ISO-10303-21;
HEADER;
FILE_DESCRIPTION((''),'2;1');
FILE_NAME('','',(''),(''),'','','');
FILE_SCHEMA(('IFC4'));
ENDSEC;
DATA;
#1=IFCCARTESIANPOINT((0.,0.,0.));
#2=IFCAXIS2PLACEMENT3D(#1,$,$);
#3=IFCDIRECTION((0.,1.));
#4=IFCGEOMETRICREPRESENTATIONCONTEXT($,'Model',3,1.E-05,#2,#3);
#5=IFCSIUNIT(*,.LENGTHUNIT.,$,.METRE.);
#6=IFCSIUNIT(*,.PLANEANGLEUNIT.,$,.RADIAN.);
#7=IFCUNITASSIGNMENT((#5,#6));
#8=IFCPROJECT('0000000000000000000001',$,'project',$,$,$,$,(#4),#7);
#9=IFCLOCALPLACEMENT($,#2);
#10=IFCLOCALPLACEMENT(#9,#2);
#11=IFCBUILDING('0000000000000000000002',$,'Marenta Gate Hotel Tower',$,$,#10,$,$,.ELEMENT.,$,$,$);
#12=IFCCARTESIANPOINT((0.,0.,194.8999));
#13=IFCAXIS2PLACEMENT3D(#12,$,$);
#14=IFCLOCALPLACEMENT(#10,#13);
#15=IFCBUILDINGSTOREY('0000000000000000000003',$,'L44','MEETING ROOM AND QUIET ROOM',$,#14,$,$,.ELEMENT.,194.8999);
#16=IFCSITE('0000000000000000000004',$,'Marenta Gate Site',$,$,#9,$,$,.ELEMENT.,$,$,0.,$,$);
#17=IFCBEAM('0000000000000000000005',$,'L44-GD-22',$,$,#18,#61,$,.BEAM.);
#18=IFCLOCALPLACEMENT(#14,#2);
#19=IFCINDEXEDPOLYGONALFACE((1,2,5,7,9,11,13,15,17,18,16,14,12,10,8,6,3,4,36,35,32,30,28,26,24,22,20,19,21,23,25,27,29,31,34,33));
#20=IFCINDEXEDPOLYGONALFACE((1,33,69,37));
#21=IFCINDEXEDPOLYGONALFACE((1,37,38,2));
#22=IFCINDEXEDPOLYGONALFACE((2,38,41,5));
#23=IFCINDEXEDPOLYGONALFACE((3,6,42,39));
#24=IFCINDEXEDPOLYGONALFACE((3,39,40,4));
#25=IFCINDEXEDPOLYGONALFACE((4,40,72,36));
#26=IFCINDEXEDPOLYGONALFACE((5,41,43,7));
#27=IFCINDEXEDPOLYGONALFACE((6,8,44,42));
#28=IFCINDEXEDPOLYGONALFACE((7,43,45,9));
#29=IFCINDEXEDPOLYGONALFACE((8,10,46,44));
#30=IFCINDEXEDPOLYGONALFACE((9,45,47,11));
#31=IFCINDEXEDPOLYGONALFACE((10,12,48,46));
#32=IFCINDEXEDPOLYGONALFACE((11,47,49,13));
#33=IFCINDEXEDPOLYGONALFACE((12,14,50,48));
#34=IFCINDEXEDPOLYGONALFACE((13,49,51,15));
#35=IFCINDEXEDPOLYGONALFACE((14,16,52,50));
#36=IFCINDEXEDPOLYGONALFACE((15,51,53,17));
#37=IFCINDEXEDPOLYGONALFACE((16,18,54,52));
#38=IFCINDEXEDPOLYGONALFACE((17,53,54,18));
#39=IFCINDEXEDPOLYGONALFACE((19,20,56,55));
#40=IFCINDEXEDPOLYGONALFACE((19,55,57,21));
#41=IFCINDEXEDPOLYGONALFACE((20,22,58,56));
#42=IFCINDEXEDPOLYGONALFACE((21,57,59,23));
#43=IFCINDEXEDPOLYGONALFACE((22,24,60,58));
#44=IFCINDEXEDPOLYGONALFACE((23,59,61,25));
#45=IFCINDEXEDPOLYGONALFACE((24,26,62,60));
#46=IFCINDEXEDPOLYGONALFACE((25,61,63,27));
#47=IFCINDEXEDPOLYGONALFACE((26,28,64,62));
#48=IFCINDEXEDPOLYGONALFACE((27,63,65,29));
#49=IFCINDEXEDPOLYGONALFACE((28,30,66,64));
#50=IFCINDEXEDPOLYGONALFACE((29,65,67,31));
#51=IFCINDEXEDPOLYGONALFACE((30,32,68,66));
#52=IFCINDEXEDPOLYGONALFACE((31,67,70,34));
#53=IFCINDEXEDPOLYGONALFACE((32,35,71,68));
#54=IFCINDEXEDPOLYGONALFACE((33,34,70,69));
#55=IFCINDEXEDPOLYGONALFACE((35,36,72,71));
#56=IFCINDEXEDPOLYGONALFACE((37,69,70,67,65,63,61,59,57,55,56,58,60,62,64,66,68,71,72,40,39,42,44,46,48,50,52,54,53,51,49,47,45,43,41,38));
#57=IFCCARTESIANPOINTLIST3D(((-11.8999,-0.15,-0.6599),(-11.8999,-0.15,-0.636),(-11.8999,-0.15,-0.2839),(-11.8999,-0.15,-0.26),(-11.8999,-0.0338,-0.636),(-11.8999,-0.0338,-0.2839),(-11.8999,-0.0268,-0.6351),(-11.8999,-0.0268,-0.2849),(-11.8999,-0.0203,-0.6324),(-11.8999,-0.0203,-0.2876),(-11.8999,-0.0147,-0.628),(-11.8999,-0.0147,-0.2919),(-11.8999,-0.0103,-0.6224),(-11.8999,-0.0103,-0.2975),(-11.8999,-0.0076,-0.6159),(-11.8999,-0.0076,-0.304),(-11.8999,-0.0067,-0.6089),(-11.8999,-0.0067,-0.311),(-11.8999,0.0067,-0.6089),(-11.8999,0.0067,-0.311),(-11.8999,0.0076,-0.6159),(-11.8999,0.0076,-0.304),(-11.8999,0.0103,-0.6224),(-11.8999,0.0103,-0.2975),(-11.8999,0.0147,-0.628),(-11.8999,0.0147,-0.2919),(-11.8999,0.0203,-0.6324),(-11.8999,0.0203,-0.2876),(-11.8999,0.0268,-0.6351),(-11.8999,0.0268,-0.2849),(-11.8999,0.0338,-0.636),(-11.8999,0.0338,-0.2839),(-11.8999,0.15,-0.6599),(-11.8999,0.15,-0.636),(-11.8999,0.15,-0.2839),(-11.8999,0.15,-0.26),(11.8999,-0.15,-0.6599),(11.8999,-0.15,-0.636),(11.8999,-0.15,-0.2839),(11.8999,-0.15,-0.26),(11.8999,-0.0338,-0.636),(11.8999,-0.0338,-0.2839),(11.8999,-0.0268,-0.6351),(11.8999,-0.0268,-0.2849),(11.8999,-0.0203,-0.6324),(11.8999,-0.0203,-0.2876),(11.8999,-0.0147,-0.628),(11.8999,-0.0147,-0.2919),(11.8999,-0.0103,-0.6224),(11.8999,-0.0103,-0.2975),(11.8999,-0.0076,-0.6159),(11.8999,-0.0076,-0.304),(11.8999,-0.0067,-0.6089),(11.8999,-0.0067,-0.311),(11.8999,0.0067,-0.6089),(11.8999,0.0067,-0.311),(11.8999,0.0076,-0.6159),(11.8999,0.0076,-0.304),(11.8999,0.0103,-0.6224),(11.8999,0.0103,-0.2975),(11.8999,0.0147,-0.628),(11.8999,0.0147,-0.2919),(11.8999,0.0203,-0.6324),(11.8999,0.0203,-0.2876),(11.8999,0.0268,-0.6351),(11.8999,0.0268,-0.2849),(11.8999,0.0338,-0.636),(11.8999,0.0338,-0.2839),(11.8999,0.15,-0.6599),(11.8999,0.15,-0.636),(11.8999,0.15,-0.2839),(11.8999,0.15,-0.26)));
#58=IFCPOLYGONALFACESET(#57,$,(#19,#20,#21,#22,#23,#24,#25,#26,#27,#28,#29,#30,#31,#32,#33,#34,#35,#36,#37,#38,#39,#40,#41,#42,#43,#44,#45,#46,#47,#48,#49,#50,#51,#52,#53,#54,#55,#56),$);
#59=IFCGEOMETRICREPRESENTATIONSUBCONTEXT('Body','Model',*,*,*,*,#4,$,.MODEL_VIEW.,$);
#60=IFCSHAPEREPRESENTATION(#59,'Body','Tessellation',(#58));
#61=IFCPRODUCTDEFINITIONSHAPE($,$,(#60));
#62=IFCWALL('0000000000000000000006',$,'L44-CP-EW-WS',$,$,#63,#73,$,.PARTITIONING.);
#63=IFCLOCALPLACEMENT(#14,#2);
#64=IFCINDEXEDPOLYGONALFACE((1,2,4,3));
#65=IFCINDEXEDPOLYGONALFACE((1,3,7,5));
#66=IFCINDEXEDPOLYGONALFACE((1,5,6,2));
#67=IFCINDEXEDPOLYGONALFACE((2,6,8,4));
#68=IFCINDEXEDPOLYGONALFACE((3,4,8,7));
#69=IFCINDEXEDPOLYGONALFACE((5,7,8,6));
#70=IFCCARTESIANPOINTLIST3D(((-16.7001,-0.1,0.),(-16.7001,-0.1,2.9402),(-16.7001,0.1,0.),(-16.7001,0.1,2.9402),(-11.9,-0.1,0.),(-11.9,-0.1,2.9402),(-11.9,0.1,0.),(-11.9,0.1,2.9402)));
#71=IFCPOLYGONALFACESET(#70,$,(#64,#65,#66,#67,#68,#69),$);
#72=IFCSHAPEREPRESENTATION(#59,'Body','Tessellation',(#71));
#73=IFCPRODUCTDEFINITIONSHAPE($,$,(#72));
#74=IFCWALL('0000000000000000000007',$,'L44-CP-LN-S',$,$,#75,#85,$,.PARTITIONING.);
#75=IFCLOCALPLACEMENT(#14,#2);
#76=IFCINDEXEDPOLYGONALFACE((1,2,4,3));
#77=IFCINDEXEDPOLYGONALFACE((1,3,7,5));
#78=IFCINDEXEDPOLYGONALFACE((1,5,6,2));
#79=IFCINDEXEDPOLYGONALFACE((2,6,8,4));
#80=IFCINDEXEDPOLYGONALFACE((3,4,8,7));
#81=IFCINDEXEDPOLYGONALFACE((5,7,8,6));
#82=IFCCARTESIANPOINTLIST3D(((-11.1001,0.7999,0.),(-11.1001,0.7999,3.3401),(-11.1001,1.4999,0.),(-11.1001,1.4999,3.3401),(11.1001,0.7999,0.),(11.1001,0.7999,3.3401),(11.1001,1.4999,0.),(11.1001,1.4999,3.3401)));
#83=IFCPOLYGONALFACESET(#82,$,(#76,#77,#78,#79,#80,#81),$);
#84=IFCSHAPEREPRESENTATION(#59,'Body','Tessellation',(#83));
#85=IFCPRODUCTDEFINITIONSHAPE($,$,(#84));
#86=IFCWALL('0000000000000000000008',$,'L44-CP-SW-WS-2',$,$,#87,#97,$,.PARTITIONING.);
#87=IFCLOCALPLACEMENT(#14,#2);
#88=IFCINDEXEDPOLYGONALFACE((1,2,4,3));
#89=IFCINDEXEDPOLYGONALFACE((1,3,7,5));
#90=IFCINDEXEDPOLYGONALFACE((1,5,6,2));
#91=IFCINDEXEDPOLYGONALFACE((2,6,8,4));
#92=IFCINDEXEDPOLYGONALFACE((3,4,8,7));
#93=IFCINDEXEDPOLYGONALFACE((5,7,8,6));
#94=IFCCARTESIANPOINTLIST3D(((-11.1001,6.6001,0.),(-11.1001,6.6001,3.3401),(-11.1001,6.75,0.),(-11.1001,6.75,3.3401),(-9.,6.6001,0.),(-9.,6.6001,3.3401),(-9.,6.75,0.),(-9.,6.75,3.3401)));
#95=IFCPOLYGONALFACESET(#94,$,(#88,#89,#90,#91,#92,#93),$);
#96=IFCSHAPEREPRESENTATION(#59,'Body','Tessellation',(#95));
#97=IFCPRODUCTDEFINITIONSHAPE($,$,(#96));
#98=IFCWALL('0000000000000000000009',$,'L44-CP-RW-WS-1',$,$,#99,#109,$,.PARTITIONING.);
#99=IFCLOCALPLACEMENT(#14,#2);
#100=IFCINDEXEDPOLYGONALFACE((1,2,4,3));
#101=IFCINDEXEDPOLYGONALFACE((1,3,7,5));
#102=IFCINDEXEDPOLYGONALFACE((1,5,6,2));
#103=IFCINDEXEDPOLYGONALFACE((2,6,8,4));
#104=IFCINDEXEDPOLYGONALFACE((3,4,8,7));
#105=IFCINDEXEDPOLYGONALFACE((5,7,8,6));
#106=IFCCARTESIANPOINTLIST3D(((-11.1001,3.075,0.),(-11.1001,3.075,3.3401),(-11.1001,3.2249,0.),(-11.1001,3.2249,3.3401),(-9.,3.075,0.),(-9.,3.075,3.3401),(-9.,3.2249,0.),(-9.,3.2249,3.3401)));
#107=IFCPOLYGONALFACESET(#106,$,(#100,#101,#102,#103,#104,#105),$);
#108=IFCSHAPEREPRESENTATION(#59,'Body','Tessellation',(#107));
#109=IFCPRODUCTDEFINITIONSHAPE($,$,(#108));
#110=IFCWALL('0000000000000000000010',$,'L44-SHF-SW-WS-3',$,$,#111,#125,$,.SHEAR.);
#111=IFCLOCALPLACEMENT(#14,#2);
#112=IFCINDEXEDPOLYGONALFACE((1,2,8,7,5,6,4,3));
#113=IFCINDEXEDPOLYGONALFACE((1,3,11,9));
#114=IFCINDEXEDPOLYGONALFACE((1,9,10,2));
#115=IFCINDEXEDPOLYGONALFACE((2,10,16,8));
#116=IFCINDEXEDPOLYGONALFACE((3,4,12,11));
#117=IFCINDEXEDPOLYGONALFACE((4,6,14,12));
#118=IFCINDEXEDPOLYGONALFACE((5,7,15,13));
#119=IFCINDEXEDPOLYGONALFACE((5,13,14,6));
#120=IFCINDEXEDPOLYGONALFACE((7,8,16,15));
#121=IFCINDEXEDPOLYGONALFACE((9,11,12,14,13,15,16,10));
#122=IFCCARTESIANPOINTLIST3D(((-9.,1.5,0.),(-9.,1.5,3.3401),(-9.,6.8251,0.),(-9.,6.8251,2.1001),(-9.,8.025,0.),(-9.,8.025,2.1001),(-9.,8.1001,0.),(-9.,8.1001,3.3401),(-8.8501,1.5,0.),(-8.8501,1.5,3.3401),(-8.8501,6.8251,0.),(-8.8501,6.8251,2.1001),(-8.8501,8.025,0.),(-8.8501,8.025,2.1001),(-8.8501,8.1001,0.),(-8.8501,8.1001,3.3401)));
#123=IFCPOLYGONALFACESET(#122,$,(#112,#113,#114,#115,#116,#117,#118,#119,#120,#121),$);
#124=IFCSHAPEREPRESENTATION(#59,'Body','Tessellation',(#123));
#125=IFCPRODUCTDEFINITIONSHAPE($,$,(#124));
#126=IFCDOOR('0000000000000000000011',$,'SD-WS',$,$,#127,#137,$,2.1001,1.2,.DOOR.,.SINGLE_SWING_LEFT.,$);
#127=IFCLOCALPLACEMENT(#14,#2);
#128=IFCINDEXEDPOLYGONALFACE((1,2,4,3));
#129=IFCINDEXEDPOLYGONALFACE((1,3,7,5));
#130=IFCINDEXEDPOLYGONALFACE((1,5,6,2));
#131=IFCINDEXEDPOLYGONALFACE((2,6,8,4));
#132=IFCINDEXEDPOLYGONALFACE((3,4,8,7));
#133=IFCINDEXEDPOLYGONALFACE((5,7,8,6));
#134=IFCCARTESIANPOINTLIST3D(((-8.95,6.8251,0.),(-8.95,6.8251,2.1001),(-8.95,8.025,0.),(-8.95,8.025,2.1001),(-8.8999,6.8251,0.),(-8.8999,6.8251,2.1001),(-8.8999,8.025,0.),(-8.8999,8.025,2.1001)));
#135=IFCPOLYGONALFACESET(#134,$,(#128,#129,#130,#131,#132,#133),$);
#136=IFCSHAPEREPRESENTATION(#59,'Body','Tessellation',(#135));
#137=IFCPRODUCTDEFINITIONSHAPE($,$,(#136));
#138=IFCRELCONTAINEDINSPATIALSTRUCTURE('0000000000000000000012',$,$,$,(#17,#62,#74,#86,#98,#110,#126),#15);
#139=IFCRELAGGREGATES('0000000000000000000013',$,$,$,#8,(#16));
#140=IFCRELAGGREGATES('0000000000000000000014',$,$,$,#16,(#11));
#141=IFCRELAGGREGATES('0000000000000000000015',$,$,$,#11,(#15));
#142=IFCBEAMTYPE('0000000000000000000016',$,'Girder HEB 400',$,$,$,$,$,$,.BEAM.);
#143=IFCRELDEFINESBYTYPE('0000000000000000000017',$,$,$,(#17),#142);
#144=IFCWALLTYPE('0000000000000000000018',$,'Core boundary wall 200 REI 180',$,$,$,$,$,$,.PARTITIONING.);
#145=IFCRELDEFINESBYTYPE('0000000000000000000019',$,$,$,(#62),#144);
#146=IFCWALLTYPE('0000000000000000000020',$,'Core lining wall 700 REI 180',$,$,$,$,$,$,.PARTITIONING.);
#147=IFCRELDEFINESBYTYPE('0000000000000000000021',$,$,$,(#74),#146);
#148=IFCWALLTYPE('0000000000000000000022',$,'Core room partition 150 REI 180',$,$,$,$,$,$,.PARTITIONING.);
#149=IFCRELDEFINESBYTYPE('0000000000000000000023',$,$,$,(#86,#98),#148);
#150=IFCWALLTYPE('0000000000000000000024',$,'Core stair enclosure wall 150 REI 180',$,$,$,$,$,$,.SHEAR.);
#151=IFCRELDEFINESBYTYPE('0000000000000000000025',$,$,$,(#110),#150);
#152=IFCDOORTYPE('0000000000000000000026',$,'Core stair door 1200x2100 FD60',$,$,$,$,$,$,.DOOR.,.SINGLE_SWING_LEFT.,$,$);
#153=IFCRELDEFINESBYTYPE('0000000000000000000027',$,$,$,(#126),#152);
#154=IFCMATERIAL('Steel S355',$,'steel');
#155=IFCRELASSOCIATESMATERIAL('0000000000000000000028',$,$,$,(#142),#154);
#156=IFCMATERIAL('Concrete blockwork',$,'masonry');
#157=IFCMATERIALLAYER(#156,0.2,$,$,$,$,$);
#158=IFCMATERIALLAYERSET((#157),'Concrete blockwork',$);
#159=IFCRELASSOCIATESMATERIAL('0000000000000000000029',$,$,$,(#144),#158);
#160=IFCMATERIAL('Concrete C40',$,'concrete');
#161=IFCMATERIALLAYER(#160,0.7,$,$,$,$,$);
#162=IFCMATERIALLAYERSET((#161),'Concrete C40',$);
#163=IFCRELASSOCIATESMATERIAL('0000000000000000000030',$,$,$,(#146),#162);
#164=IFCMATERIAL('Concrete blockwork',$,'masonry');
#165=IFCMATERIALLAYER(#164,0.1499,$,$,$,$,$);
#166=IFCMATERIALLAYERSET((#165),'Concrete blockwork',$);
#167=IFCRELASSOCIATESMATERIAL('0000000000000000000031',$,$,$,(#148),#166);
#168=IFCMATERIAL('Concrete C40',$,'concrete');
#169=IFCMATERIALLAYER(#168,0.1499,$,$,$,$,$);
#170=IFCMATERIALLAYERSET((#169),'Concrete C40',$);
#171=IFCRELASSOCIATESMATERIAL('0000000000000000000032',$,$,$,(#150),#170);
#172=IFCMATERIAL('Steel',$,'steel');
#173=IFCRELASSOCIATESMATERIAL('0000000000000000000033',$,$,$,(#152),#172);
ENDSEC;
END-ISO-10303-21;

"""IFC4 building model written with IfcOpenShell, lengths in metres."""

from ifc_helpers import new_model, si_unit, direction, frame, frame_2d, origin, origin_2d, place, context, subcontext, project, spatial, rectangle, i_section, extrude, material, layer, layer_set, material_profile, profile_set, type_object, element, fill, save


model = new_model("IFC4")

# Units and contexts
model_context = context("Model", 3, precision=1e-05, world=origin(), true_north=direction((0.0, 1.0)))
body_context = subcontext(model_context, "Body", "Model", "MODEL_VIEW")
ifc_project = project(units=[si_unit("LENGTHUNIT", "METRE"), si_unit("PLANEANGLEUNIT", "RADIAN")], contexts=[model_context])

# Site, building, storey
site_placement = place(None, origin())
site = spatial("IfcSite", under=ifc_project, at=site_placement, Name="Marenta Gate Site", CompositionType="ELEMENT", RefElevation=0.0)
building_placement = place(site_placement, origin())
building = spatial("IfcBuilding", under=site, at=building_placement, Name="Marenta Gate Hotel Tower", CompositionType="ELEMENT")
storey_placement = place(building_placement, frame((0.0, 0.0, 194.8999)))
storey = spatial("IfcBuildingStorey", under=building, at=storey_placement, Name="L44", Description="MEETING ROOM AND QUIET ROOM", CompositionType="ELEMENT", Elevation=194.8999)

# Beam
ifc_material_1 = material(Name="Steel S355", Category="steel")
ifc_material_profile = material_profile(ifc_material_1, i_section(OverallWidth=0.3, OverallDepth=0.3999, WebThickness=0.0134, FlangeThickness=0.0239, FilletRadius=0.0271, at=origin_2d()), Name="HEB 400")
ifc_profile_set = profile_set([ifc_material_profile], Name="Steel S355")
beam_type = type_object("IfcBeamType", Name="Girder HEB 400", PredefinedType="BEAM", material=ifc_profile_set)
beam_placement = place(storey_placement, frame((-11.8999, 0.0, -0.46), z_axis=(1.0, 0.0, 0.0), x_axis=(0.0, 1.0, 0.0)))
element("IfcBeam", 1, at=beam_placement, inside=storey, type_object=beam_type, Name="L44-GD-22", PredefinedType="BEAM", context=body_context, shape_type="SweptSolid", body=[
    extrude(i_section(OverallWidth=0.3, OverallDepth=0.3999, WebThickness=0.0134, FlangeThickness=0.0239, FilletRadius=0.0271, at=origin_2d()), origin(), (0.0, 0.0, 1.0), 23.7998),
])

# Shared definitions
ifc_material_2 = material(Name="Concrete blockwork", Category="masonry")
ifc_layer_1 = layer(ifc_material_2, 0.2)
ifc_layer_set_1 = layer_set([ifc_layer_1], Name="Concrete blockwork")
wall_type_1 = type_object("IfcWallType", Name="Core boundary wall 200 REI 180", PredefinedType="PARTITIONING", material=ifc_layer_set_1)

# Walls
wall_1_placement = place(storey_placement, frame((-16.7, 0.0, 0.0), z_axis=(0.0, 0.0, 1.0), x_axis=(1.0, 0.0, 0.0)))
element("IfcWall", 2, at=wall_1_placement, inside=storey, type_object=wall_type_1, Name="L44-CP-EW-WS", PredefinedType="PARTITIONING", context=body_context, shape_type="SweptSolid", body=[
    extrude(rectangle(XDim=4.8, YDim=0.2, at=frame_2d((2.3999, 0.0))), origin(), (0.0, 0.0, 1.0), 2.9402),
])
ifc_material_3 = material(Name="Concrete C40", Category="concrete")
ifc_layer_2 = layer(ifc_material_3, 0.7)
ifc_layer_set_2 = layer_set([ifc_layer_2], Name="Concrete C40")
wall_type_2 = type_object("IfcWallType", Name="Core lining wall 700 REI 180", PredefinedType="PARTITIONING", material=ifc_layer_set_2)
wall_2_placement = place(storey_placement, frame((-11.1001, 1.1499, 0.0), z_axis=(0.0, 0.0, 1.0), x_axis=(1.0, 0.0, 0.0)))
element("IfcWall", 3, at=wall_2_placement, inside=storey, type_object=wall_type_2, Name="L44-CP-LN-S", PredefinedType="PARTITIONING", context=body_context, shape_type="SweptSolid", body=[
    extrude(rectangle(XDim=22.2002, YDim=0.7, at=frame_2d((11.1001, 0.0))), origin(), (0.0, 0.0, 1.0), 3.3401),
])
ifc_material_4 = material(Name="Concrete blockwork", Category="masonry")
ifc_layer_3 = layer(ifc_material_4, 0.1499)
ifc_layer_set_3 = layer_set([ifc_layer_3], Name="Concrete blockwork")
wall_type_3 = type_object("IfcWallType", Name="Core room partition 150 REI 180", PredefinedType="PARTITIONING", material=ifc_layer_set_3)
for number, where, z_axis, x_axis, name in (
    (4, (-11.1001, 6.675, 0.0), (0.0, 0.0, 1.0), (1.0, 0.0, 0.0), "L44-CP-SW-WS-2"),
    (5, (-11.1001, 3.1499, 0.0), (0.0, 0.0, 1.0), (1.0, 0.0, 0.0), "L44-CP-RW-WS-1"),
):
    element("IfcWall", number, at=place(storey_placement, frame(where, z_axis=z_axis, x_axis=x_axis)), inside=storey, type_object=wall_type_3, Name=name, PredefinedType="PARTITIONING", context=body_context, shape_type="SweptSolid", body=[
        extrude(rectangle(XDim=2.1001, YDim=0.1499, at=frame_2d((1.05, 0.0))), origin(), (0.0, 0.0, 1.0), 3.3401),
    ])

# Wall, opening, door
ifc_material_5 = material(Name="Concrete C40", Category="concrete")
ifc_layer_4 = layer(ifc_material_5, 0.1499)
ifc_layer_set_4 = layer_set([ifc_layer_4], Name="Concrete C40")
wall_type_4 = type_object("IfcWallType", Name="Core stair enclosure wall 150 REI 180", PredefinedType="SHEAR", material=ifc_layer_set_4)
wall_3_placement = place(storey_placement, frame((-8.925, 1.5, 0.0), z_axis=(0.0, 0.0, 1.0), x_axis=(0.0, 1.0, 0.0)))
wall_3 = element("IfcWall", 6, at=wall_3_placement, inside=storey, type_object=wall_type_4, Name="L44-SHF-SW-WS-3", PredefinedType="SHEAR", context=body_context, shape_type="SweptSolid", body=[
    extrude(rectangle(XDim=6.6001, YDim=0.1499, at=frame_2d((3.3, 0.0))), origin(), (0.0, 0.0, 1.0), 3.3401),
])
opening_1_placement = place(wall_3_placement, frame((5.325, 0.0, 0.0)))
opening_1 = element("IfcOpeningElement", 7, at=opening_1_placement, cuts=wall_3, PredefinedType="OPENING", context=body_context, shape_type="SweptSolid", body=[
    extrude(rectangle(XDim=1.2, YDim=2.1001, at=frame_2d((0.6001, 1.05))), frame((0.0, 0.075, 0.0), z_axis=(0.0, -1.0, 0.0), x_axis=(1.0, 0.0, 0.0)), (0.0, 0.0, 1.0), 0.1499),
])
ifc_material_6 = material(Name="Steel", Category="steel")
door_type_1 = type_object("IfcDoorType", Name="Core stair door 1200x2100 FD60", OperationType="SINGLE_SWING_LEFT", PredefinedType="DOOR", material=ifc_material_6)
door_1_placement = place(opening_1_placement, origin())
door_1 = element("IfcDoor", 8, at=door_1_placement, inside=storey, type_object=door_type_1, Name="SD-WS", OperationType="SINGLE_SWING_LEFT", OverallHeight=2.1001, OverallWidth=1.2, PredefinedType="DOOR", context=body_context, shape_type="SweptSolid", body=[
    extrude(rectangle(XDim=1.2, YDim=2.1001, at=frame_2d((0.6001, 1.05))), frame((0.0, 0.0249, 0.0), z_axis=(0.0, -1.0, 0.0), x_axis=(1.0, 0.0, 0.0)), (0.0, 0.0, 1.0), 0.05),
])
fill(opening_1, door_1)

save(model, "model.ifc")
